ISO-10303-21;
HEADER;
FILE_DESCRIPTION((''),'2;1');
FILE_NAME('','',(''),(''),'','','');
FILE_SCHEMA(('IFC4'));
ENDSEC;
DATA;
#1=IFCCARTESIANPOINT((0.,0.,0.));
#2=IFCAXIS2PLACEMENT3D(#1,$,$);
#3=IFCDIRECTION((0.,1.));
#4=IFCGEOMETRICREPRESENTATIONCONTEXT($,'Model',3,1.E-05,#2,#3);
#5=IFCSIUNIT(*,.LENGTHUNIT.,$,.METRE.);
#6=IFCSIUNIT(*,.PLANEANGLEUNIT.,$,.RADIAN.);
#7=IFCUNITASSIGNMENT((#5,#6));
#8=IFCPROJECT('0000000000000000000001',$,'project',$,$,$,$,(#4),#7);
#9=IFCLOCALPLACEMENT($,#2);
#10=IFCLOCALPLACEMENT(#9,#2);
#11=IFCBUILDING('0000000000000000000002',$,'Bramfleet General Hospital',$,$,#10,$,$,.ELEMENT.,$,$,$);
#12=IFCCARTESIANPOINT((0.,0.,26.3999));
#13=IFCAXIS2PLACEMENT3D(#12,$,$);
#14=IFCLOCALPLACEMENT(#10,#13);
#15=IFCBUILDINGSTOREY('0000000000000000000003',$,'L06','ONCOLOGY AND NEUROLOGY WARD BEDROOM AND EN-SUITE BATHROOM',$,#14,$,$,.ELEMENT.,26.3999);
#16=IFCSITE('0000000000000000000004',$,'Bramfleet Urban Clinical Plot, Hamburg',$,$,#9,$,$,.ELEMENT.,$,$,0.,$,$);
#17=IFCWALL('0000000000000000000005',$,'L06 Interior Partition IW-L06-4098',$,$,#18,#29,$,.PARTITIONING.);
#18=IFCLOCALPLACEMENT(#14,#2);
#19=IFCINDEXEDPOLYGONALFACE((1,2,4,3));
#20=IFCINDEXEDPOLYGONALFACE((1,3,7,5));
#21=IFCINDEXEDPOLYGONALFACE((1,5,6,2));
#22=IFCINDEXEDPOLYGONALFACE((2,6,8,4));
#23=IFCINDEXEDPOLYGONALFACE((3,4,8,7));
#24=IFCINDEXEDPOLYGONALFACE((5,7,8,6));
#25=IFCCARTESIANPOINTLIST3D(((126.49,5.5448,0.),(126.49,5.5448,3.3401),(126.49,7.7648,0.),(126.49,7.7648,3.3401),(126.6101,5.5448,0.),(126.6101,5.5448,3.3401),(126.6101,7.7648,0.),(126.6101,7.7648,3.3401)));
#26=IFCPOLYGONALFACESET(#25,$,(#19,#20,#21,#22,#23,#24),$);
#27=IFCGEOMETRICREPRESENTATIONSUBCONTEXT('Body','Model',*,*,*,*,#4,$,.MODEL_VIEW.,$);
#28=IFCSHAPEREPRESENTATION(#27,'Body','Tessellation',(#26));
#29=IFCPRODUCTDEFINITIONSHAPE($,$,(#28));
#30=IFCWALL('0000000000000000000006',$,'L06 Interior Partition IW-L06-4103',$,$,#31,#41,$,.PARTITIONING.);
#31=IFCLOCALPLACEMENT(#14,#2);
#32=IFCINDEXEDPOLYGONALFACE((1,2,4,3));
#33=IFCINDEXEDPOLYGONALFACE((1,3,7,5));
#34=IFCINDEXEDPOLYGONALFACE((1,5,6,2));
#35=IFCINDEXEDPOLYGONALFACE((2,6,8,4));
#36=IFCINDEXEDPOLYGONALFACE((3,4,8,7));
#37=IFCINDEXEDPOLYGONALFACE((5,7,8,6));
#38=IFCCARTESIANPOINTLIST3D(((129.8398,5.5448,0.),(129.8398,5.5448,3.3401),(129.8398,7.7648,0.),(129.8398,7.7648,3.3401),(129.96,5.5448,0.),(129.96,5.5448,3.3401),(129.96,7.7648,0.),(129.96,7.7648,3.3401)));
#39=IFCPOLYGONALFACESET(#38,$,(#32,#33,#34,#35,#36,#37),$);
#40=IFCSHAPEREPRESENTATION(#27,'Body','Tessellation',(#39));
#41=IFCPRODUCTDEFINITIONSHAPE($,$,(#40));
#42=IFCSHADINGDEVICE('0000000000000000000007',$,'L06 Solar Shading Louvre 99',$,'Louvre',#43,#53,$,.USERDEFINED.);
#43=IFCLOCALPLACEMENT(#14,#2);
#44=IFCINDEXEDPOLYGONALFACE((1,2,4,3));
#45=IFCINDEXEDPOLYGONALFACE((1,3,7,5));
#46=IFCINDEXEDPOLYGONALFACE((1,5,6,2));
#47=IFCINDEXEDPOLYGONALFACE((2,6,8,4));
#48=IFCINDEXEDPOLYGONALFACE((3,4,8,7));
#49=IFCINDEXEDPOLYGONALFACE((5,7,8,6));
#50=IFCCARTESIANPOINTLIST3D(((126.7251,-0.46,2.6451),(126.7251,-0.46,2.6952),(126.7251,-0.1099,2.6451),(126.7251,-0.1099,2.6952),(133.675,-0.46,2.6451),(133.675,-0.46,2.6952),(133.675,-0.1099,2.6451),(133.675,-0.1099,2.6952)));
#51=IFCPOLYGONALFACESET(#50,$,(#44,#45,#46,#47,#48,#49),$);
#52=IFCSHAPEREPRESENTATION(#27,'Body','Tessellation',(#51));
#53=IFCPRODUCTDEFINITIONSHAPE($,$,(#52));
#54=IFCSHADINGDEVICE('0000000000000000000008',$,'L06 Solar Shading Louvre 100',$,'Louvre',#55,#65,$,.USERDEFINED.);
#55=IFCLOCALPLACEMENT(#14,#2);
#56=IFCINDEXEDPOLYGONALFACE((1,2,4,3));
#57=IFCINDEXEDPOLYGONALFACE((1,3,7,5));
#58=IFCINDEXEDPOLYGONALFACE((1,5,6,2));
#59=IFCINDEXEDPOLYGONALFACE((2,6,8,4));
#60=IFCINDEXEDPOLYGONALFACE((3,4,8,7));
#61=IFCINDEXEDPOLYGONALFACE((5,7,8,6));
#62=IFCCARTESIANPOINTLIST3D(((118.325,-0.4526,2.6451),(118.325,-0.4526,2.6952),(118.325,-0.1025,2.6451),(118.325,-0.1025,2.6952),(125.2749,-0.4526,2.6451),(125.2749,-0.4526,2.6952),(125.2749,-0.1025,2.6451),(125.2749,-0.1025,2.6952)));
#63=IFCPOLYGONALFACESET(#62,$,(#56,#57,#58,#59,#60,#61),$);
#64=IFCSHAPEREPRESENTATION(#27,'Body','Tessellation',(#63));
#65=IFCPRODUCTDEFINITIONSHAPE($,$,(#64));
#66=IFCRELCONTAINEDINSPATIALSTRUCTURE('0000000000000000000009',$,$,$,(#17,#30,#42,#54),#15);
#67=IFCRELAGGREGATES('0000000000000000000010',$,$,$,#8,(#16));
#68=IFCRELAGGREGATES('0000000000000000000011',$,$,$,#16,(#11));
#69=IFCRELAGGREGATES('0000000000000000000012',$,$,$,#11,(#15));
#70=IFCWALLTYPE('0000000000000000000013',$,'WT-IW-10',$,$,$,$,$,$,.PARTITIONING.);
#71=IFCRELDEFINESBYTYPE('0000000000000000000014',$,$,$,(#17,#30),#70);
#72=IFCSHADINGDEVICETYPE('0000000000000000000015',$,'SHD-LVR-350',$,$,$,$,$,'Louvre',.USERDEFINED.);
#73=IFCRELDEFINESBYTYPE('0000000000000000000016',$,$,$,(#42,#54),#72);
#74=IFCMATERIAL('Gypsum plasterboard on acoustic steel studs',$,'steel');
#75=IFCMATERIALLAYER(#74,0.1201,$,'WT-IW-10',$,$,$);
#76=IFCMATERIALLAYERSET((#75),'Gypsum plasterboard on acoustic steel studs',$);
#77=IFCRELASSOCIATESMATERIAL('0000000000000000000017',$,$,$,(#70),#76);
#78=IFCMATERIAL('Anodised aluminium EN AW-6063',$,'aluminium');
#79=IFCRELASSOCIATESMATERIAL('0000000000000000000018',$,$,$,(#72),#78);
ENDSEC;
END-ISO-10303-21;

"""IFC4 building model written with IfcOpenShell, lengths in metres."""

from ifc_helpers import new_model, si_unit, direction, frame, frame_2d, origin, origin_2d, place, context, subcontext, project, spatial, rectangle, extrude, material, layer, layer_set, material_profile, profile_set, type_object, element, save


model = new_model("IFC4")

# Units and contexts
model_context = context("Model", 3, precision=1e-05, world=origin(), true_north=direction((0.0, 1.0)))
body_context = subcontext(model_context, "Body", "Model", "MODEL_VIEW")
ifc_project = project(units=[si_unit("LENGTHUNIT", "METRE"), si_unit("PLANEANGLEUNIT", "RADIAN")], contexts=[model_context])

# Site, building, storey
site_placement = place(None, origin())
site = spatial("IfcSite", under=ifc_project, at=site_placement, Name="Bramfleet Urban Clinical Plot, Hamburg", CompositionType="ELEMENT", RefElevation=0.0)
building_placement = place(site_placement, origin())
building = spatial("IfcBuilding", under=site, at=building_placement, Name="Bramfleet General Hospital", CompositionType="ELEMENT")
storey_placement = place(building_placement, frame((0.0, 0.0, 26.3999)))
storey = spatial("IfcBuildingStorey", under=building, at=storey_placement, Name="L06", Description="ONCOLOGY AND NEUROLOGY WARD BEDROOM AND EN-SUITE BATHROOM", CompositionType="ELEMENT", Elevation=26.3999)

# Shared definitions
ifc_material_1 = material(Name="Gypsum plasterboard on acoustic steel studs", Category="steel")
ifc_layer_1 = layer(ifc_material_1, 0.1201, Name="WT-IW-10")
ifc_layer_set_1 = layer_set([ifc_layer_1], Name="Gypsum plasterboard on acoustic steel studs")
wall_type_1 = type_object("IfcWallType", Name="WT-IW-10", PredefinedType="PARTITIONING", material=ifc_layer_set_1)

# Walls
for number, where, z_axis, x_axis, name in (
    (1, (126.55, 5.5449, 0.0), (0.0, 0.0, 1.0), (0.0, 1.0, 0.0), "L06 Interior Partition IW-L06-4098"),
    (2, (129.8999, 5.5449, 0.0), (0.0, 0.0, 1.0), (0.0, 1.0, 0.0), "L06 Interior Partition IW-L06-4103"),
):
    element("IfcWall", number, at=place(storey_placement, frame(where, z_axis=z_axis, x_axis=x_axis)), inside=storey, type_object=wall_type_1, Name=name, PredefinedType="PARTITIONING", context=body_context, shape_type="SweptSolid", body=[
        extrude(rectangle(XDim=2.22, YDim=0.1201, at=frame_2d((1.1099, 0.0))), origin(), (0.0, 0.0, 1.0), 3.3401),
    ])

# Shading devices
ifc_material_2 = material(Name="Anodised aluminium EN AW-6063", Category="aluminium")
ifc_material_profile_1 = material_profile(ifc_material_2, rectangle(XDim=0.05, YDim=0.3501, at=origin_2d()), Name="ALU LOUVRE 350x50")
ifc_profile_set_1 = profile_set([ifc_material_profile_1], Name="Anodised aluminium EN AW-6063")
shading_device_type = type_object("IfcShadingDeviceType", Name="SHD-LVR-350", ElementType="Louvre", PredefinedType="USERDEFINED", material=ifc_profile_set_1)
for number, where, z_axis, x_axis, name in (
    (3, (133.675, -0.2849, 2.6702), (-1.0, 0.0, 0.0), (0.0, 0.0, 1.0), "L06 Solar Shading Louvre 99"),
    (4, (125.2749, -0.2776, 2.6702), (-1.0, 0.0, 0.0), (0.0, 0.0, 1.0), "L06 Solar Shading Louvre 100"),
):
    element("IfcShadingDevice", number, at=place(storey_placement, frame(where, z_axis=z_axis, x_axis=x_axis)), inside=storey, type_object=shading_device_type, Name=name, ObjectType="Louvre", PredefinedType="USERDEFINED", context=body_context, shape_type="SweptSolid", body=[
        extrude(rectangle(XDim=0.05, YDim=0.3501, at=origin_2d()), origin(), (0.0, 0.0, 1.0), 6.95),
    ])

save(model, "model.ifc")
